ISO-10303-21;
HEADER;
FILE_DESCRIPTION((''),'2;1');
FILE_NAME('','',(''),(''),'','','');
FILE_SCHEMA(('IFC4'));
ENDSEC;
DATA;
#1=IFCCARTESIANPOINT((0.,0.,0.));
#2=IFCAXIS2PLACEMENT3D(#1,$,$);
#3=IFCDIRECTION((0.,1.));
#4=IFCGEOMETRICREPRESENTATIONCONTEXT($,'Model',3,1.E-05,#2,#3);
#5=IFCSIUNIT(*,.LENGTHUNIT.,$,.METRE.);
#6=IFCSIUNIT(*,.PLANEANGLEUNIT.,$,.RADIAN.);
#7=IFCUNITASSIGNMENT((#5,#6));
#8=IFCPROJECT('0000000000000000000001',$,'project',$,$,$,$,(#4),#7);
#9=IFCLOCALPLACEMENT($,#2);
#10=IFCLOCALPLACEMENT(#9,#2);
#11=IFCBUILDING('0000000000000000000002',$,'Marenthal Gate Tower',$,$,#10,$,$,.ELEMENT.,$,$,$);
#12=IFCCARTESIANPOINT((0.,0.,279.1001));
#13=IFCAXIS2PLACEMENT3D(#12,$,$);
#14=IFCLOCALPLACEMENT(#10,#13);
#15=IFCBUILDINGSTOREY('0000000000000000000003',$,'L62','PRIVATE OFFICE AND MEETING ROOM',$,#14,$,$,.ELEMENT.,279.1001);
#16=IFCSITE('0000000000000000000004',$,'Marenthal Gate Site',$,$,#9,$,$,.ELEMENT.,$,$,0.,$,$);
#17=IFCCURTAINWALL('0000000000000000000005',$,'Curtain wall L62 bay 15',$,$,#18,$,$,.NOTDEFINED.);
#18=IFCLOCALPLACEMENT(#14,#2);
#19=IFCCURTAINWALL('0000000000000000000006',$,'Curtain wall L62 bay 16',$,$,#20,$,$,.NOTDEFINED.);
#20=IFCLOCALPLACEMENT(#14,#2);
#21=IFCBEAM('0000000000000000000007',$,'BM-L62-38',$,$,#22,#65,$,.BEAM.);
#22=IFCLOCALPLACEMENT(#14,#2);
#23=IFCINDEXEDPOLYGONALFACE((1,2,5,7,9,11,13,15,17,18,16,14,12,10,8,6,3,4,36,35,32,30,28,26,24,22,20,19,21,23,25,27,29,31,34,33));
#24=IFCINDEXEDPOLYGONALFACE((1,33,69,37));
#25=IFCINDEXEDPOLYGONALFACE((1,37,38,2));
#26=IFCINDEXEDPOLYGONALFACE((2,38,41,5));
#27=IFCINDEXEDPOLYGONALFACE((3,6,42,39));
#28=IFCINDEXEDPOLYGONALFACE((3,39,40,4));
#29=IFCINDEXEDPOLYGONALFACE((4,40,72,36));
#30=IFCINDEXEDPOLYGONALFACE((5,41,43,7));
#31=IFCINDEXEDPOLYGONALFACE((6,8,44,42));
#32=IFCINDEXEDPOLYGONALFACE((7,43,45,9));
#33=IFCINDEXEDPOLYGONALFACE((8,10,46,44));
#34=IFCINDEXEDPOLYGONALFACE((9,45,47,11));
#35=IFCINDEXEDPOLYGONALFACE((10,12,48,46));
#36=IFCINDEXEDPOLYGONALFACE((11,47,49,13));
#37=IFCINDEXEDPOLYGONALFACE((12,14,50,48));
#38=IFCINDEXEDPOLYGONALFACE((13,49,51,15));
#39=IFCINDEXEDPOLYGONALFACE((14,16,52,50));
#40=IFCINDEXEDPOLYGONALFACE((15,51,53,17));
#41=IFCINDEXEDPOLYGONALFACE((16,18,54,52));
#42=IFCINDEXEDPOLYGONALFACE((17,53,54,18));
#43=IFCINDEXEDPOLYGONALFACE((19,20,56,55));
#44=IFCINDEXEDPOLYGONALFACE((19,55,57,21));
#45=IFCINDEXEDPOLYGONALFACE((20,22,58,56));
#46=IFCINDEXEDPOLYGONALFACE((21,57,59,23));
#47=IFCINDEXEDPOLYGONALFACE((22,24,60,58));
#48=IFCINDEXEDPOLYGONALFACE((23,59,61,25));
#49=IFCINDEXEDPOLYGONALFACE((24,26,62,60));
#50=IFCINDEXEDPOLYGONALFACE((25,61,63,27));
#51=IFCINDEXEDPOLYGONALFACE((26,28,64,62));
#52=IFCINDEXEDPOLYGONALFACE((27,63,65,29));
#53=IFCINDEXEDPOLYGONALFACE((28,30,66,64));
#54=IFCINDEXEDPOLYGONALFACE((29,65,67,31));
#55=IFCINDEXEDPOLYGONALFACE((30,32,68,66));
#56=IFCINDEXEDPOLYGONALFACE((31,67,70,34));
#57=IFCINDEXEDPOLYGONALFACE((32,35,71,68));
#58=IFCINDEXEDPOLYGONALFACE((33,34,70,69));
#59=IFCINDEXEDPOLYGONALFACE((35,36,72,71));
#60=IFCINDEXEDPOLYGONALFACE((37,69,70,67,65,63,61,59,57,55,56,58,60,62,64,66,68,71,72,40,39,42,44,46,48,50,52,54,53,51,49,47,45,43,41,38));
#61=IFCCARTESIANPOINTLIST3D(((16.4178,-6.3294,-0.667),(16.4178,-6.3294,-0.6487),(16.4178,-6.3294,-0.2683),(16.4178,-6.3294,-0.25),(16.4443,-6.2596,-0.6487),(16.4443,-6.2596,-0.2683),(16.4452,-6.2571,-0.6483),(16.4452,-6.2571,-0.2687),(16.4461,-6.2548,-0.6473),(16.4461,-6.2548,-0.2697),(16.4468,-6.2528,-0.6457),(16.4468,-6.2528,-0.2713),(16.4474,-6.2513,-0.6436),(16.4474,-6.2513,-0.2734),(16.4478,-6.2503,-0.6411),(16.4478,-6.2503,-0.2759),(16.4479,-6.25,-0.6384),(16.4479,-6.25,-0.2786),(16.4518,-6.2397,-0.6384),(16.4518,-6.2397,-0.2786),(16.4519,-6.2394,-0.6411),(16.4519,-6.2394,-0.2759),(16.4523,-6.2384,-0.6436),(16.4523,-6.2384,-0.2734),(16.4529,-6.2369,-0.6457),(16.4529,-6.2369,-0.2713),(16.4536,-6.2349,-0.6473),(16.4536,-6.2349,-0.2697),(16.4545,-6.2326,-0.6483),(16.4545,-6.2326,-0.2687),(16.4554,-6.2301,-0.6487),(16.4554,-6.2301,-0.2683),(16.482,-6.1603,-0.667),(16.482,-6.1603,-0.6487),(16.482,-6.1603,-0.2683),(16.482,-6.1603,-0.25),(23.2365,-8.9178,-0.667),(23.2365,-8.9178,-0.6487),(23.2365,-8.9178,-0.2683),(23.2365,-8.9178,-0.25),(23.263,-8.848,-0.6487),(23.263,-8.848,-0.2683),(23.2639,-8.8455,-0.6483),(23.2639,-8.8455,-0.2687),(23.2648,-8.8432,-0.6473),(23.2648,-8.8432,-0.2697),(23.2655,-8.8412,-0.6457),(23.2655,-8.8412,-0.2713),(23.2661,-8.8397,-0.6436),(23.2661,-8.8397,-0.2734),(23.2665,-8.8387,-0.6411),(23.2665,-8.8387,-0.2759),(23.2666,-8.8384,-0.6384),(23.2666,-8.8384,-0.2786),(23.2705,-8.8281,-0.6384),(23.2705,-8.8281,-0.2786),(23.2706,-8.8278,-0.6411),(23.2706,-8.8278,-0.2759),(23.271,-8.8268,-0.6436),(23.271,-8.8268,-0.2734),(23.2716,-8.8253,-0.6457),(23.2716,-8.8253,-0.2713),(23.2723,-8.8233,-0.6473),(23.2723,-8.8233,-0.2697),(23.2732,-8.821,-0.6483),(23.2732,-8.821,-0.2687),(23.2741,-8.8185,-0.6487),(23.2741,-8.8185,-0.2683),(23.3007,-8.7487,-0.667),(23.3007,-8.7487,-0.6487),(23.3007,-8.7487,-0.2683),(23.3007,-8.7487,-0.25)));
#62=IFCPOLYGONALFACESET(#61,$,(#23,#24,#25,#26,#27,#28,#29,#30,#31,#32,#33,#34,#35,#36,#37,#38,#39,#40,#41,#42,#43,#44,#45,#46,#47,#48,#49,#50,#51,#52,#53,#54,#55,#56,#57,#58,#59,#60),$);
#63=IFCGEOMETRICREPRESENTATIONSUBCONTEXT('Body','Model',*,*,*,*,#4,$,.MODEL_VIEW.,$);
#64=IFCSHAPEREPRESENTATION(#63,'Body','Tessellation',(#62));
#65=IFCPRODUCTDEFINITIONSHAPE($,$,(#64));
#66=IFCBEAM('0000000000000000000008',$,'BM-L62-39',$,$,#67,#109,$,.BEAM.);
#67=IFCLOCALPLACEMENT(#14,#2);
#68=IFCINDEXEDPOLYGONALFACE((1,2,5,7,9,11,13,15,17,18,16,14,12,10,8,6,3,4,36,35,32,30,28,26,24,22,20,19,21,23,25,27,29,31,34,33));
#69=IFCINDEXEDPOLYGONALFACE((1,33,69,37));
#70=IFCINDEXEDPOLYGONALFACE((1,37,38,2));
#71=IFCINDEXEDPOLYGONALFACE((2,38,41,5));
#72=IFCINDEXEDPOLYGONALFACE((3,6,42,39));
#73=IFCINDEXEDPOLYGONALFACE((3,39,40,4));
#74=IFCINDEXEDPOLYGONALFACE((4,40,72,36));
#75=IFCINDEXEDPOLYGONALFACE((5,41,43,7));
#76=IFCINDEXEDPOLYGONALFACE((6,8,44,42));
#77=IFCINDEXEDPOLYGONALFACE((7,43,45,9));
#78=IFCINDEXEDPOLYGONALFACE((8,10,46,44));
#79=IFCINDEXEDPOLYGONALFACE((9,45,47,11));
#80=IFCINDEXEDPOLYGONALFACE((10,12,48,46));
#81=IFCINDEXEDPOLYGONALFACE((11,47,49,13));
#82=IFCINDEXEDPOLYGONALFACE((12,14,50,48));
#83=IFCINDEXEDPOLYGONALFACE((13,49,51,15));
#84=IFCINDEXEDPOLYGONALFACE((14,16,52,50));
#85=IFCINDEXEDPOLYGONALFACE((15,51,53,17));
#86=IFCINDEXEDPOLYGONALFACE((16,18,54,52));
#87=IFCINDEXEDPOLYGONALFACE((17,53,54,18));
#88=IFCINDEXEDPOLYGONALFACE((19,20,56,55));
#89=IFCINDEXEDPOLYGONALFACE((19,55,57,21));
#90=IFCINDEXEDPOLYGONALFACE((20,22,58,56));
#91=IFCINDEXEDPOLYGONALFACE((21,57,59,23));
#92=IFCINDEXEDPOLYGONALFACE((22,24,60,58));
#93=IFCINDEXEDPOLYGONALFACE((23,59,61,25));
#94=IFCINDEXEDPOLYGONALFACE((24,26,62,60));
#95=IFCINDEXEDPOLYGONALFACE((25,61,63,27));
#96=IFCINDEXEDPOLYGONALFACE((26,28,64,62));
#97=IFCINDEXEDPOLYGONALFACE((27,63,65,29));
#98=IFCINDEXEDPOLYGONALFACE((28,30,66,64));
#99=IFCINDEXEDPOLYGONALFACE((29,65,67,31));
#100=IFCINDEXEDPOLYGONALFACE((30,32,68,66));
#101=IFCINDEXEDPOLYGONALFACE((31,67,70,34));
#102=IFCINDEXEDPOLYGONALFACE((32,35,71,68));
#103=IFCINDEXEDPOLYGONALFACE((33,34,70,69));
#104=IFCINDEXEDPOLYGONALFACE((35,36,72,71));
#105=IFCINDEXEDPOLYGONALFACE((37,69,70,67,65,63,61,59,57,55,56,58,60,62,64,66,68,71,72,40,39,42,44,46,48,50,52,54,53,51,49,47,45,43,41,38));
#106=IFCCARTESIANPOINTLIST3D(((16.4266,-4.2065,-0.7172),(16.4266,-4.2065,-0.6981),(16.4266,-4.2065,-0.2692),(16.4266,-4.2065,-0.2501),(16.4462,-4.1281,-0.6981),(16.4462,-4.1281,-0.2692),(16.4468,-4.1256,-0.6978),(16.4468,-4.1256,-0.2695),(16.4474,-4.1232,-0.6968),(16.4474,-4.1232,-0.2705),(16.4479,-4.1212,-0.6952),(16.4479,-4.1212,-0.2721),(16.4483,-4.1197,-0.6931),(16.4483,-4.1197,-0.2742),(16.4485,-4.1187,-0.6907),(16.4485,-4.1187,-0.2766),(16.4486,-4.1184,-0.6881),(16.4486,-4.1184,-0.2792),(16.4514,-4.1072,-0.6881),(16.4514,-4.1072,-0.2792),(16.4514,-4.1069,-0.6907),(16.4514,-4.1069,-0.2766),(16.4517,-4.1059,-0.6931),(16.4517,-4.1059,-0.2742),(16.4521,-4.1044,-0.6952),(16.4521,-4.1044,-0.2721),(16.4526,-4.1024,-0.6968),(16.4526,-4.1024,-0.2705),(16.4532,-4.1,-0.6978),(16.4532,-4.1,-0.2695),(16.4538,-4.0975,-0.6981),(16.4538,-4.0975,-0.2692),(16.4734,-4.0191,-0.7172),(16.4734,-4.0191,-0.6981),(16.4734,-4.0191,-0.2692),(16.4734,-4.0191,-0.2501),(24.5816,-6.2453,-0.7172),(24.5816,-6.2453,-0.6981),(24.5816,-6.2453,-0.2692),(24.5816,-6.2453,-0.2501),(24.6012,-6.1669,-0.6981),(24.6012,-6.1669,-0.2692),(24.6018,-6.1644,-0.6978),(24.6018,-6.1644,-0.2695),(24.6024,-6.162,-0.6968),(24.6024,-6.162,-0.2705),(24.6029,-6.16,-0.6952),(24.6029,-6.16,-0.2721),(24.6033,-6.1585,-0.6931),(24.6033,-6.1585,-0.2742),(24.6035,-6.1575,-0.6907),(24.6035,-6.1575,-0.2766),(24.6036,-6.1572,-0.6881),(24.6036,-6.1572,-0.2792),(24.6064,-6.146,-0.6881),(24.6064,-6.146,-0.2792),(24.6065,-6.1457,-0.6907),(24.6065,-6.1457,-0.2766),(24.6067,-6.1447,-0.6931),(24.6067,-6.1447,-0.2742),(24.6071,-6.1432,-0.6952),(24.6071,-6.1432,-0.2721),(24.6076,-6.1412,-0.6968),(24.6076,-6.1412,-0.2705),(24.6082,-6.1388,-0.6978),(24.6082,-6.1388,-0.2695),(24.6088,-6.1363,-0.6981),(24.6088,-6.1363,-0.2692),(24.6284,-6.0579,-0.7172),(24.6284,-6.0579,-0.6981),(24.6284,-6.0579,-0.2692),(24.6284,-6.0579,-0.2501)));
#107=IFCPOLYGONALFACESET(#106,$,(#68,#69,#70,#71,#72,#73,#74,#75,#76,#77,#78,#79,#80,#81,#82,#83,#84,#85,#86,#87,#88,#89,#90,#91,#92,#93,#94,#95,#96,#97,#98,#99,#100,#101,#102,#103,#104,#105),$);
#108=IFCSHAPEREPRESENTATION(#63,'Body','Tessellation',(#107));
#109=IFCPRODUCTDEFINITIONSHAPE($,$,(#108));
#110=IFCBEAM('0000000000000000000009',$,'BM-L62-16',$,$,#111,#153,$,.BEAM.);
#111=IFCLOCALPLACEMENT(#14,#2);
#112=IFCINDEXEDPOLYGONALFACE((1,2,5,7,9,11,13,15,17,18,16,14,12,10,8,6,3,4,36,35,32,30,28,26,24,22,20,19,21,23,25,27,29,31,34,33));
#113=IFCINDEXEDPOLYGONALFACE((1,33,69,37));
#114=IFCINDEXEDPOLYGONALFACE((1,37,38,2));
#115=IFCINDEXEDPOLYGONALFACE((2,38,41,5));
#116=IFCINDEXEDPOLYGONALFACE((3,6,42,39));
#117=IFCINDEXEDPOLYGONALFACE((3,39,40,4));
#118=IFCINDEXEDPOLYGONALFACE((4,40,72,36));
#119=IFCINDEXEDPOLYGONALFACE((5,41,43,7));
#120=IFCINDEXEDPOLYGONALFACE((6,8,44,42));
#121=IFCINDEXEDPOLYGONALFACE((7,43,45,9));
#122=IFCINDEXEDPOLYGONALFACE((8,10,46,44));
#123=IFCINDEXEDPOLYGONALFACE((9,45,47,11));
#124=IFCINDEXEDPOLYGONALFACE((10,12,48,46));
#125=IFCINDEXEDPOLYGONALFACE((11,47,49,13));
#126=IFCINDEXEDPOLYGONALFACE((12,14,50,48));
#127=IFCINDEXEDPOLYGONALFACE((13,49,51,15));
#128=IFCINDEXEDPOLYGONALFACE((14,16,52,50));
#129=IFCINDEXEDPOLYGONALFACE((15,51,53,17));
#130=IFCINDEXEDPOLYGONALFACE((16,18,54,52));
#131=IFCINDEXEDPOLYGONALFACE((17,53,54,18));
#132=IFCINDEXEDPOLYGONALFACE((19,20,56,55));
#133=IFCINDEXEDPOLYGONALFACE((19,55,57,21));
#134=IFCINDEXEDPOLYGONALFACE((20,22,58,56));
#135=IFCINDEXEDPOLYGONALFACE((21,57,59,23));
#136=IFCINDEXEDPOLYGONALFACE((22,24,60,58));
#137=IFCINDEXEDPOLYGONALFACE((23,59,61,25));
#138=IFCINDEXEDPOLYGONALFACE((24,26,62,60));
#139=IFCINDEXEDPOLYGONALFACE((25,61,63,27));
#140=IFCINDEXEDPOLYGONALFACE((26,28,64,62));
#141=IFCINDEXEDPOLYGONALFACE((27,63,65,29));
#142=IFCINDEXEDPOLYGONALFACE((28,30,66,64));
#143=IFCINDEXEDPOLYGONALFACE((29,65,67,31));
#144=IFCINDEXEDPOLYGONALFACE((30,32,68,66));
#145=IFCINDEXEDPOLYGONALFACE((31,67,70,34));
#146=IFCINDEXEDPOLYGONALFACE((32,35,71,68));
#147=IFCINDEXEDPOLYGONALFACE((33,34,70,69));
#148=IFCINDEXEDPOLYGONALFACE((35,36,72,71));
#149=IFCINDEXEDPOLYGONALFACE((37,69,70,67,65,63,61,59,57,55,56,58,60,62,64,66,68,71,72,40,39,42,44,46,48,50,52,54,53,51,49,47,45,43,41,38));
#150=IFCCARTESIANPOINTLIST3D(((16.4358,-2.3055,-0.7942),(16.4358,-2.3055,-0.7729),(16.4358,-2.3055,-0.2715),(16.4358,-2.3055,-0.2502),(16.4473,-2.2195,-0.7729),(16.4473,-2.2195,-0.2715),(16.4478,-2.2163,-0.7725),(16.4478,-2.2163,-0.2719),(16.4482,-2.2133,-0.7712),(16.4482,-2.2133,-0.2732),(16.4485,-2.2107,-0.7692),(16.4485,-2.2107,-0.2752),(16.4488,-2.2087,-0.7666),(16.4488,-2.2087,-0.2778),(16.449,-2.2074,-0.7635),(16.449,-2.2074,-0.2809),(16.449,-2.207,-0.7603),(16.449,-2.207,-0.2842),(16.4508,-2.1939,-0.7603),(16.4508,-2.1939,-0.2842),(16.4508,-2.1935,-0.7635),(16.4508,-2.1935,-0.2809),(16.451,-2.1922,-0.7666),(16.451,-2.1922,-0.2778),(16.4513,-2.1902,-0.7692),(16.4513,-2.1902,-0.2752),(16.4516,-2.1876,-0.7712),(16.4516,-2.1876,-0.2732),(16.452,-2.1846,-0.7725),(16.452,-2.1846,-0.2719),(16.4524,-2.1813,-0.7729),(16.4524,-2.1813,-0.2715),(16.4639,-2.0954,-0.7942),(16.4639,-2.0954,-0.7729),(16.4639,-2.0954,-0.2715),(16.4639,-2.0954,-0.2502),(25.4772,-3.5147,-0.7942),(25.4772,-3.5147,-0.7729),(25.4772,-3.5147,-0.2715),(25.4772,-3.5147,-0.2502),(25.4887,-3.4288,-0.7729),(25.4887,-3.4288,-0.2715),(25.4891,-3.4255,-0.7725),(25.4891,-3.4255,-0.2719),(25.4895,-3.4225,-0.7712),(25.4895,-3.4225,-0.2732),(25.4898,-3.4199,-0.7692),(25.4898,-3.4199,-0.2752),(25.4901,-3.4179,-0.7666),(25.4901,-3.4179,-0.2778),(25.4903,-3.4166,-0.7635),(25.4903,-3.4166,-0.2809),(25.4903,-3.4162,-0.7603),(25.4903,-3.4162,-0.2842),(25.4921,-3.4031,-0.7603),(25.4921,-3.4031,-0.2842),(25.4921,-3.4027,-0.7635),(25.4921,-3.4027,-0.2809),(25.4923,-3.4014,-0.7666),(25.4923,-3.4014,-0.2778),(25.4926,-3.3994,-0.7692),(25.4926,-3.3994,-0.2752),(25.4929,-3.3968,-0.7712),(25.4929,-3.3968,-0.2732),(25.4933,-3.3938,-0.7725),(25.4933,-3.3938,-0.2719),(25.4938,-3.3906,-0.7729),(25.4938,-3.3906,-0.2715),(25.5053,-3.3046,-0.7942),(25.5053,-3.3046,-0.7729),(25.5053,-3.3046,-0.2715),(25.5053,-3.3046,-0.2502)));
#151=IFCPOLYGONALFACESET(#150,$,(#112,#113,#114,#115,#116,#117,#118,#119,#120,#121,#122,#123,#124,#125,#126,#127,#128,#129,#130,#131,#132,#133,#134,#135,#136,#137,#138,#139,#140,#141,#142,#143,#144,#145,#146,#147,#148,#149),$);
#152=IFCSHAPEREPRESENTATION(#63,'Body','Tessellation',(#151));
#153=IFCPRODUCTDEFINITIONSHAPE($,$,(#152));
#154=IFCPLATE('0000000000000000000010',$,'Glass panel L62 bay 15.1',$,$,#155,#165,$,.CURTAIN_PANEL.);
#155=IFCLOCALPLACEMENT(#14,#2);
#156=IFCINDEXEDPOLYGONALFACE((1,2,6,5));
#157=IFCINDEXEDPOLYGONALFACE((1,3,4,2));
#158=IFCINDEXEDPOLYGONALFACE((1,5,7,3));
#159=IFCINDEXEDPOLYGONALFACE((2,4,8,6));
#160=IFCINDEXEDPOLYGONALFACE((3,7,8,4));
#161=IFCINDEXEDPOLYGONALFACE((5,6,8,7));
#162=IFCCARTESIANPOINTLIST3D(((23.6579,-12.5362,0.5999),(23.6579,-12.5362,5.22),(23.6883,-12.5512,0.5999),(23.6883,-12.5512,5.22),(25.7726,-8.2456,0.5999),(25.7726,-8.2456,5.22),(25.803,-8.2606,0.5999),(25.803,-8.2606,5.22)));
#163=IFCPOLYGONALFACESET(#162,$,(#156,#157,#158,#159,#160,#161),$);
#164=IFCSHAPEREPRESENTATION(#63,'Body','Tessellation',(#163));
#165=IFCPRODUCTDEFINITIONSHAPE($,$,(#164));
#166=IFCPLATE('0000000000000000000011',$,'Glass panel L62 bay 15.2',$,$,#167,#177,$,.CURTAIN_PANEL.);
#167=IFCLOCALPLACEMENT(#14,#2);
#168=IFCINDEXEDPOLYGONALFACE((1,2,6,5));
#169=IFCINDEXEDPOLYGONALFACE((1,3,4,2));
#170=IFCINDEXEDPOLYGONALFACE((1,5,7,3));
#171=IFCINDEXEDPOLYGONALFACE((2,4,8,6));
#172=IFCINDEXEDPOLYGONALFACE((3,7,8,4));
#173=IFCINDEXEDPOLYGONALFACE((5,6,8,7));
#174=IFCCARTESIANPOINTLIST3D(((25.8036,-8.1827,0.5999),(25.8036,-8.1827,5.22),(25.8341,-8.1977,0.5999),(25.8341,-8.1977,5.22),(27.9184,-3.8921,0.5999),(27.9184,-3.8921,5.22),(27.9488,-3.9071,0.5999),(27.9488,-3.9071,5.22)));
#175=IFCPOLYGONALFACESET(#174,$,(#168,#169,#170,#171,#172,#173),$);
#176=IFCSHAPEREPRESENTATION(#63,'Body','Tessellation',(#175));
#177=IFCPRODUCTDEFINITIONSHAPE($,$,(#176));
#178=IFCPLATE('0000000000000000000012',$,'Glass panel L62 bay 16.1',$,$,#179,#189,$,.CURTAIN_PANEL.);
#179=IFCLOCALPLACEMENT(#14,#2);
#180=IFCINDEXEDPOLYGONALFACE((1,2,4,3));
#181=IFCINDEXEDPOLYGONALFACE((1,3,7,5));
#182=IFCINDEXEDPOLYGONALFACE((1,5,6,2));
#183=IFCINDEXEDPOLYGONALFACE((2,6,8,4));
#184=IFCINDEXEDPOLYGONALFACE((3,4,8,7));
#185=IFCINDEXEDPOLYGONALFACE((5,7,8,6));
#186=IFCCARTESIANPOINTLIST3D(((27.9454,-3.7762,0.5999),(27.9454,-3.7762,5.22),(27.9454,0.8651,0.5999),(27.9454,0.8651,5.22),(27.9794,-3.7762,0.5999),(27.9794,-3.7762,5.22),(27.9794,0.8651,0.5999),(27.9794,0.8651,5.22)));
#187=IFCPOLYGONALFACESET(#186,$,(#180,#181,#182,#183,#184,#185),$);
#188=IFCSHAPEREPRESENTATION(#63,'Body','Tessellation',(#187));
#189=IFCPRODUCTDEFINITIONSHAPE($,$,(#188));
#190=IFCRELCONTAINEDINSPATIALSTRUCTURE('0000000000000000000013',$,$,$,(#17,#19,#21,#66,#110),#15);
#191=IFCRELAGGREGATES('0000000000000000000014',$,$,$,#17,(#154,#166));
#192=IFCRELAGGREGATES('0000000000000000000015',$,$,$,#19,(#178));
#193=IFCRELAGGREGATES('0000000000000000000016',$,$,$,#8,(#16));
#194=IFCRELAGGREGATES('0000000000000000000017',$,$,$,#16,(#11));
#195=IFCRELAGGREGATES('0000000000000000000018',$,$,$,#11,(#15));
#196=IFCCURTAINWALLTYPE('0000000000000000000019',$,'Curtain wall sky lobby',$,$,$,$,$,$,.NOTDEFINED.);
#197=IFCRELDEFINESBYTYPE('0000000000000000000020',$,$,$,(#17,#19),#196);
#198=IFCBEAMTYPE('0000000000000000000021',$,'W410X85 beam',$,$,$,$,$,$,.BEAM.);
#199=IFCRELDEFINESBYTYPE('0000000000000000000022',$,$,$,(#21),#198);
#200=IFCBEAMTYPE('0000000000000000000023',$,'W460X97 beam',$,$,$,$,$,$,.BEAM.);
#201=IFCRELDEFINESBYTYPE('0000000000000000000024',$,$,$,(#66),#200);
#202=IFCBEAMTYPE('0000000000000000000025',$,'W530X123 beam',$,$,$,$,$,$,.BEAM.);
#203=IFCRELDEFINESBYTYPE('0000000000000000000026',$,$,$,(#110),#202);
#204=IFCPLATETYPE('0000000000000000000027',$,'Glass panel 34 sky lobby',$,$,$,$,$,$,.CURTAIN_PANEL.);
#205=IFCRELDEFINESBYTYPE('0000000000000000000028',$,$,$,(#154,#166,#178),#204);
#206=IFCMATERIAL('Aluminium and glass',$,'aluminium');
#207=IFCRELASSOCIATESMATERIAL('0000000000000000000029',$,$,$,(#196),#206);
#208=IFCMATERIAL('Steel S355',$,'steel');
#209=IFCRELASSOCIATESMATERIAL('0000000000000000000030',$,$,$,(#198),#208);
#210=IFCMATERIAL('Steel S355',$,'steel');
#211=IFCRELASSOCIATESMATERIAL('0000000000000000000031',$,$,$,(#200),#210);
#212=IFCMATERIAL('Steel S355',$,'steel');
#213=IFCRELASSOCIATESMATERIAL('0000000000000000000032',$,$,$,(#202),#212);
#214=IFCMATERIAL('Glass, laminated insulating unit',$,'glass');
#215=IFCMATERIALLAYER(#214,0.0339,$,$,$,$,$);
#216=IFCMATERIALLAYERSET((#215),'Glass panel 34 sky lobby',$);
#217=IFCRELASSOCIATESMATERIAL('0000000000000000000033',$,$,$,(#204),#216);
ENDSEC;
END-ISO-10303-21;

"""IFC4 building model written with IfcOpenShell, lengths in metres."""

from ifc_helpers import new_model, si_unit, direction, frame, origin, origin_2d, place, context, subcontext, project, spatial, rectangle, i_section, extrude, material, layer, layer_set, material_profile, profile_set, type_object, element, aggregate, save


model = new_model("IFC4")

# Units and contexts
model_context = context("Model", 3, precision=1e-05, world=origin(), true_north=direction((0.0, 1.0)))
body_context = subcontext(model_context, "Body", "Model", "MODEL_VIEW")
ifc_project = project(units=[si_unit("LENGTHUNIT", "METRE"), si_unit("PLANEANGLEUNIT", "RADIAN")], contexts=[model_context])

# Site, building, storey
site_placement = place(None, origin())
site = spatial("IfcSite", under=ifc_project, at=site_placement, Name="Marenthal Gate Site", CompositionType="ELEMENT", RefElevation=0.0)
building_placement = place(site_placement, origin())
building = spatial("IfcBuilding", under=site, at=building_placement, Name="Marenthal Gate Tower", CompositionType="ELEMENT")
storey_placement = place(building_placement, frame((0.0, 0.0, 279.1001)))
storey = spatial("IfcBuildingStorey", under=building, at=storey_placement, Name="L62", Description="PRIVATE OFFICE AND MEETING ROOM", CompositionType="ELEMENT", Elevation=279.1001)

# Shared definitions
ifc_material_1 = material(Name="Aluminium and glass", Category="aluminium")
curtain_wall_type = type_object("IfcCurtainWallType", Name="Curtain wall sky lobby", PredefinedType="NOTDEFINED", material=ifc_material_1)

# Curtain wall
curtain_wall_1_placement = place(storey_placement, origin())
curtain_wall_1 = element("IfcCurtainWall", 1, at=curtain_wall_1_placement, inside=storey, type_object=curtain_wall_type, Name="Curtain wall L62 bay 15", PredefinedType="NOTDEFINED")

# Curtain wall
curtain_wall_2_placement = place(storey_placement, origin())
curtain_wall_2 = element("IfcCurtainWall", 2, at=curtain_wall_2_placement, inside=storey, type_object=curtain_wall_type, Name="Curtain wall L62 bay 16", PredefinedType="NOTDEFINED")

# Beams
ifc_material_2 = material(Name="Steel S355", Category="steel")
ifc_material_profile_1 = material_profile(ifc_material_2, i_section(OverallWidth=0.1809, OverallDepth=0.417, WebThickness=0.011, FlangeThickness=0.0183, FilletRadius=0.0103, at=origin_2d()), Name="W410X85")
ifc_profile_set_1 = profile_set([ifc_material_profile_1], Name="Steel S355")
beam_type_1 = type_object("IfcBeamType", Name="W410X85 beam", PredefinedType="BEAM", material=ifc_profile_set_1)
beam_1_placement = place(storey_placement, frame((23.2686, -8.8333, -0.4585), z_axis=(-0.934906, 0.354895, 0.0), x_axis=(-0.354895, -0.934906, 0.0)))
element("IfcBeam", 3, at=beam_1_placement, inside=storey, type_object=beam_type_1, Name="BM-L62-38", PredefinedType="BEAM", context=body_context, shape_type="SweptSolid", body=[
    extrude(i_section(OverallWidth=0.1809, OverallDepth=0.417, WebThickness=0.011, FlangeThickness=0.0183, FilletRadius=0.0103, at=origin_2d()), origin(), (0.0, 0.0, 1.0), 7.2935),
])
ifc_material_3 = material(Name="Steel S355", Category="steel")
ifc_material_profile_2 = material_profile(ifc_material_3, i_section(OverallWidth=0.1931, OverallDepth=0.467, WebThickness=0.0115, FlangeThickness=0.019, FilletRadius=0.01, at=origin_2d()), Name="W460X97")
ifc_profile_set_2 = profile_set([ifc_material_profile_2], Name="Steel S355")
beam_type_2 = type_object("IfcBeamType", Name="W460X97 beam", PredefinedType="BEAM", material=ifc_profile_set_2)
beam_2_placement = place(storey_placement, frame((24.605, -6.1516, -0.4836), z_axis=(-0.970141, 0.242542, 0.0), x_axis=(-0.242542, -0.970141, 0.0)))
element("IfcBeam", 4, at=beam_2_placement, inside=storey, type_object=beam_type_2, Name="BM-L62-39", PredefinedType="BEAM", context=body_context, shape_type="SweptSolid", body=[
    extrude(i_section(OverallWidth=0.1931, OverallDepth=0.467, WebThickness=0.0115, FlangeThickness=0.019, FilletRadius=0.01, at=origin_2d()), origin(), (0.0, 0.0, 1.0), 8.406),
])
ifc_material_4 = material(Name="Steel S355", Category="steel")
ifc_material_profile_3 = material_profile(ifc_material_4, i_section(OverallWidth=0.2119, OverallDepth=0.5439, WebThickness=0.0132, FlangeThickness=0.0212, FilletRadius=0.0127, at=origin_2d()), Name="W530X123")
ifc_profile_set_3 = profile_set([ifc_material_profile_3], Name="Steel S355")
beam_type_3 = type_object("IfcBeamType", Name="W530X123 beam", PredefinedType="BEAM", material=ifc_profile_set_3)
beam_3_placement = place(storey_placement, frame((25.4912, -3.4097, -0.5222), z_axis=(-0.991174, 0.132565, 0.0), x_axis=(-0.132565, -0.991174, 0.0)))
element("IfcBeam", 5, at=beam_3_placement, inside=storey, type_object=beam_type_3, Name="BM-L62-16", PredefinedType="BEAM", context=body_context, shape_type="SweptSolid", body=[
    extrude(i_section(OverallWidth=0.2119, OverallDepth=0.5439, WebThickness=0.0132, FlangeThickness=0.0212, FilletRadius=0.0127, at=origin_2d()), origin(), (0.0, 0.0, 1.0), 9.1218),
])

# Plates
ifc_material_5 = material(Name="Glass, laminated insulating unit", Category="glass")
ifc_layer_1 = layer(ifc_material_5, 0.0339)
ifc_layer_set_1 = layer_set([ifc_layer_1], Name="Glass panel 34 sky lobby")
plate_type = type_object("IfcPlateType", Name="Glass panel 34 sky lobby", PredefinedType="CURTAIN_PANEL", material=ifc_layer_set_1)
plate_1_placement = place(storey_placement, frame((24.7305, -10.3984, 0.5999), z_axis=(0.0, 0.0, 1.0), x_axis=(0.442091, 0.89697, 0.0)))
plate_1 = element("IfcPlate", 6, at=plate_1_placement, type_object=plate_type, Name="Glass panel L62 bay 15.1", PredefinedType="CURTAIN_PANEL", context=body_context, shape_type="SweptSolid", body=[
    extrude(rectangle(XDim=4.7834, YDim=0.0339, at=origin_2d()), origin(), (0.0, 0.0, 1.0), 4.6201),
])
plate_2_placement = place(storey_placement, frame((26.8762, -6.0449, 0.5999), z_axis=(0.0, 0.0, 1.0), x_axis=(0.442091, 0.89697, 0.0)))
plate_2 = element("IfcPlate", 7, at=plate_2_placement, type_object=plate_type, Name="Glass panel L62 bay 15.2", PredefinedType="CURTAIN_PANEL", context=body_context, shape_type="SweptSolid", body=[
    extrude(rectangle(XDim=4.7834, YDim=0.0339, at=origin_2d()), origin(), (0.0, 0.0, 1.0), 4.6201),
])
aggregate(curtain_wall_1, [plate_1, plate_2])
plate_3_placement = place(storey_placement, frame((27.9624, -1.4556, 0.5999), z_axis=(0.0, 0.0, 1.0), x_axis=(0.0, 1.0, 0.0)))
plate_3 = element("IfcPlate", 8, at=plate_3_placement, type_object=plate_type, Name="Glass panel L62 bay 16.1", PredefinedType="CURTAIN_PANEL", context=body_context, shape_type="SweptSolid", body=[
    extrude(rectangle(XDim=4.6414, YDim=0.0339, at=origin_2d()), origin(), (0.0, 0.0, 1.0), 4.6201),
])
aggregate(curtain_wall_2, [plate_3])

save(model, "model.ifc")
